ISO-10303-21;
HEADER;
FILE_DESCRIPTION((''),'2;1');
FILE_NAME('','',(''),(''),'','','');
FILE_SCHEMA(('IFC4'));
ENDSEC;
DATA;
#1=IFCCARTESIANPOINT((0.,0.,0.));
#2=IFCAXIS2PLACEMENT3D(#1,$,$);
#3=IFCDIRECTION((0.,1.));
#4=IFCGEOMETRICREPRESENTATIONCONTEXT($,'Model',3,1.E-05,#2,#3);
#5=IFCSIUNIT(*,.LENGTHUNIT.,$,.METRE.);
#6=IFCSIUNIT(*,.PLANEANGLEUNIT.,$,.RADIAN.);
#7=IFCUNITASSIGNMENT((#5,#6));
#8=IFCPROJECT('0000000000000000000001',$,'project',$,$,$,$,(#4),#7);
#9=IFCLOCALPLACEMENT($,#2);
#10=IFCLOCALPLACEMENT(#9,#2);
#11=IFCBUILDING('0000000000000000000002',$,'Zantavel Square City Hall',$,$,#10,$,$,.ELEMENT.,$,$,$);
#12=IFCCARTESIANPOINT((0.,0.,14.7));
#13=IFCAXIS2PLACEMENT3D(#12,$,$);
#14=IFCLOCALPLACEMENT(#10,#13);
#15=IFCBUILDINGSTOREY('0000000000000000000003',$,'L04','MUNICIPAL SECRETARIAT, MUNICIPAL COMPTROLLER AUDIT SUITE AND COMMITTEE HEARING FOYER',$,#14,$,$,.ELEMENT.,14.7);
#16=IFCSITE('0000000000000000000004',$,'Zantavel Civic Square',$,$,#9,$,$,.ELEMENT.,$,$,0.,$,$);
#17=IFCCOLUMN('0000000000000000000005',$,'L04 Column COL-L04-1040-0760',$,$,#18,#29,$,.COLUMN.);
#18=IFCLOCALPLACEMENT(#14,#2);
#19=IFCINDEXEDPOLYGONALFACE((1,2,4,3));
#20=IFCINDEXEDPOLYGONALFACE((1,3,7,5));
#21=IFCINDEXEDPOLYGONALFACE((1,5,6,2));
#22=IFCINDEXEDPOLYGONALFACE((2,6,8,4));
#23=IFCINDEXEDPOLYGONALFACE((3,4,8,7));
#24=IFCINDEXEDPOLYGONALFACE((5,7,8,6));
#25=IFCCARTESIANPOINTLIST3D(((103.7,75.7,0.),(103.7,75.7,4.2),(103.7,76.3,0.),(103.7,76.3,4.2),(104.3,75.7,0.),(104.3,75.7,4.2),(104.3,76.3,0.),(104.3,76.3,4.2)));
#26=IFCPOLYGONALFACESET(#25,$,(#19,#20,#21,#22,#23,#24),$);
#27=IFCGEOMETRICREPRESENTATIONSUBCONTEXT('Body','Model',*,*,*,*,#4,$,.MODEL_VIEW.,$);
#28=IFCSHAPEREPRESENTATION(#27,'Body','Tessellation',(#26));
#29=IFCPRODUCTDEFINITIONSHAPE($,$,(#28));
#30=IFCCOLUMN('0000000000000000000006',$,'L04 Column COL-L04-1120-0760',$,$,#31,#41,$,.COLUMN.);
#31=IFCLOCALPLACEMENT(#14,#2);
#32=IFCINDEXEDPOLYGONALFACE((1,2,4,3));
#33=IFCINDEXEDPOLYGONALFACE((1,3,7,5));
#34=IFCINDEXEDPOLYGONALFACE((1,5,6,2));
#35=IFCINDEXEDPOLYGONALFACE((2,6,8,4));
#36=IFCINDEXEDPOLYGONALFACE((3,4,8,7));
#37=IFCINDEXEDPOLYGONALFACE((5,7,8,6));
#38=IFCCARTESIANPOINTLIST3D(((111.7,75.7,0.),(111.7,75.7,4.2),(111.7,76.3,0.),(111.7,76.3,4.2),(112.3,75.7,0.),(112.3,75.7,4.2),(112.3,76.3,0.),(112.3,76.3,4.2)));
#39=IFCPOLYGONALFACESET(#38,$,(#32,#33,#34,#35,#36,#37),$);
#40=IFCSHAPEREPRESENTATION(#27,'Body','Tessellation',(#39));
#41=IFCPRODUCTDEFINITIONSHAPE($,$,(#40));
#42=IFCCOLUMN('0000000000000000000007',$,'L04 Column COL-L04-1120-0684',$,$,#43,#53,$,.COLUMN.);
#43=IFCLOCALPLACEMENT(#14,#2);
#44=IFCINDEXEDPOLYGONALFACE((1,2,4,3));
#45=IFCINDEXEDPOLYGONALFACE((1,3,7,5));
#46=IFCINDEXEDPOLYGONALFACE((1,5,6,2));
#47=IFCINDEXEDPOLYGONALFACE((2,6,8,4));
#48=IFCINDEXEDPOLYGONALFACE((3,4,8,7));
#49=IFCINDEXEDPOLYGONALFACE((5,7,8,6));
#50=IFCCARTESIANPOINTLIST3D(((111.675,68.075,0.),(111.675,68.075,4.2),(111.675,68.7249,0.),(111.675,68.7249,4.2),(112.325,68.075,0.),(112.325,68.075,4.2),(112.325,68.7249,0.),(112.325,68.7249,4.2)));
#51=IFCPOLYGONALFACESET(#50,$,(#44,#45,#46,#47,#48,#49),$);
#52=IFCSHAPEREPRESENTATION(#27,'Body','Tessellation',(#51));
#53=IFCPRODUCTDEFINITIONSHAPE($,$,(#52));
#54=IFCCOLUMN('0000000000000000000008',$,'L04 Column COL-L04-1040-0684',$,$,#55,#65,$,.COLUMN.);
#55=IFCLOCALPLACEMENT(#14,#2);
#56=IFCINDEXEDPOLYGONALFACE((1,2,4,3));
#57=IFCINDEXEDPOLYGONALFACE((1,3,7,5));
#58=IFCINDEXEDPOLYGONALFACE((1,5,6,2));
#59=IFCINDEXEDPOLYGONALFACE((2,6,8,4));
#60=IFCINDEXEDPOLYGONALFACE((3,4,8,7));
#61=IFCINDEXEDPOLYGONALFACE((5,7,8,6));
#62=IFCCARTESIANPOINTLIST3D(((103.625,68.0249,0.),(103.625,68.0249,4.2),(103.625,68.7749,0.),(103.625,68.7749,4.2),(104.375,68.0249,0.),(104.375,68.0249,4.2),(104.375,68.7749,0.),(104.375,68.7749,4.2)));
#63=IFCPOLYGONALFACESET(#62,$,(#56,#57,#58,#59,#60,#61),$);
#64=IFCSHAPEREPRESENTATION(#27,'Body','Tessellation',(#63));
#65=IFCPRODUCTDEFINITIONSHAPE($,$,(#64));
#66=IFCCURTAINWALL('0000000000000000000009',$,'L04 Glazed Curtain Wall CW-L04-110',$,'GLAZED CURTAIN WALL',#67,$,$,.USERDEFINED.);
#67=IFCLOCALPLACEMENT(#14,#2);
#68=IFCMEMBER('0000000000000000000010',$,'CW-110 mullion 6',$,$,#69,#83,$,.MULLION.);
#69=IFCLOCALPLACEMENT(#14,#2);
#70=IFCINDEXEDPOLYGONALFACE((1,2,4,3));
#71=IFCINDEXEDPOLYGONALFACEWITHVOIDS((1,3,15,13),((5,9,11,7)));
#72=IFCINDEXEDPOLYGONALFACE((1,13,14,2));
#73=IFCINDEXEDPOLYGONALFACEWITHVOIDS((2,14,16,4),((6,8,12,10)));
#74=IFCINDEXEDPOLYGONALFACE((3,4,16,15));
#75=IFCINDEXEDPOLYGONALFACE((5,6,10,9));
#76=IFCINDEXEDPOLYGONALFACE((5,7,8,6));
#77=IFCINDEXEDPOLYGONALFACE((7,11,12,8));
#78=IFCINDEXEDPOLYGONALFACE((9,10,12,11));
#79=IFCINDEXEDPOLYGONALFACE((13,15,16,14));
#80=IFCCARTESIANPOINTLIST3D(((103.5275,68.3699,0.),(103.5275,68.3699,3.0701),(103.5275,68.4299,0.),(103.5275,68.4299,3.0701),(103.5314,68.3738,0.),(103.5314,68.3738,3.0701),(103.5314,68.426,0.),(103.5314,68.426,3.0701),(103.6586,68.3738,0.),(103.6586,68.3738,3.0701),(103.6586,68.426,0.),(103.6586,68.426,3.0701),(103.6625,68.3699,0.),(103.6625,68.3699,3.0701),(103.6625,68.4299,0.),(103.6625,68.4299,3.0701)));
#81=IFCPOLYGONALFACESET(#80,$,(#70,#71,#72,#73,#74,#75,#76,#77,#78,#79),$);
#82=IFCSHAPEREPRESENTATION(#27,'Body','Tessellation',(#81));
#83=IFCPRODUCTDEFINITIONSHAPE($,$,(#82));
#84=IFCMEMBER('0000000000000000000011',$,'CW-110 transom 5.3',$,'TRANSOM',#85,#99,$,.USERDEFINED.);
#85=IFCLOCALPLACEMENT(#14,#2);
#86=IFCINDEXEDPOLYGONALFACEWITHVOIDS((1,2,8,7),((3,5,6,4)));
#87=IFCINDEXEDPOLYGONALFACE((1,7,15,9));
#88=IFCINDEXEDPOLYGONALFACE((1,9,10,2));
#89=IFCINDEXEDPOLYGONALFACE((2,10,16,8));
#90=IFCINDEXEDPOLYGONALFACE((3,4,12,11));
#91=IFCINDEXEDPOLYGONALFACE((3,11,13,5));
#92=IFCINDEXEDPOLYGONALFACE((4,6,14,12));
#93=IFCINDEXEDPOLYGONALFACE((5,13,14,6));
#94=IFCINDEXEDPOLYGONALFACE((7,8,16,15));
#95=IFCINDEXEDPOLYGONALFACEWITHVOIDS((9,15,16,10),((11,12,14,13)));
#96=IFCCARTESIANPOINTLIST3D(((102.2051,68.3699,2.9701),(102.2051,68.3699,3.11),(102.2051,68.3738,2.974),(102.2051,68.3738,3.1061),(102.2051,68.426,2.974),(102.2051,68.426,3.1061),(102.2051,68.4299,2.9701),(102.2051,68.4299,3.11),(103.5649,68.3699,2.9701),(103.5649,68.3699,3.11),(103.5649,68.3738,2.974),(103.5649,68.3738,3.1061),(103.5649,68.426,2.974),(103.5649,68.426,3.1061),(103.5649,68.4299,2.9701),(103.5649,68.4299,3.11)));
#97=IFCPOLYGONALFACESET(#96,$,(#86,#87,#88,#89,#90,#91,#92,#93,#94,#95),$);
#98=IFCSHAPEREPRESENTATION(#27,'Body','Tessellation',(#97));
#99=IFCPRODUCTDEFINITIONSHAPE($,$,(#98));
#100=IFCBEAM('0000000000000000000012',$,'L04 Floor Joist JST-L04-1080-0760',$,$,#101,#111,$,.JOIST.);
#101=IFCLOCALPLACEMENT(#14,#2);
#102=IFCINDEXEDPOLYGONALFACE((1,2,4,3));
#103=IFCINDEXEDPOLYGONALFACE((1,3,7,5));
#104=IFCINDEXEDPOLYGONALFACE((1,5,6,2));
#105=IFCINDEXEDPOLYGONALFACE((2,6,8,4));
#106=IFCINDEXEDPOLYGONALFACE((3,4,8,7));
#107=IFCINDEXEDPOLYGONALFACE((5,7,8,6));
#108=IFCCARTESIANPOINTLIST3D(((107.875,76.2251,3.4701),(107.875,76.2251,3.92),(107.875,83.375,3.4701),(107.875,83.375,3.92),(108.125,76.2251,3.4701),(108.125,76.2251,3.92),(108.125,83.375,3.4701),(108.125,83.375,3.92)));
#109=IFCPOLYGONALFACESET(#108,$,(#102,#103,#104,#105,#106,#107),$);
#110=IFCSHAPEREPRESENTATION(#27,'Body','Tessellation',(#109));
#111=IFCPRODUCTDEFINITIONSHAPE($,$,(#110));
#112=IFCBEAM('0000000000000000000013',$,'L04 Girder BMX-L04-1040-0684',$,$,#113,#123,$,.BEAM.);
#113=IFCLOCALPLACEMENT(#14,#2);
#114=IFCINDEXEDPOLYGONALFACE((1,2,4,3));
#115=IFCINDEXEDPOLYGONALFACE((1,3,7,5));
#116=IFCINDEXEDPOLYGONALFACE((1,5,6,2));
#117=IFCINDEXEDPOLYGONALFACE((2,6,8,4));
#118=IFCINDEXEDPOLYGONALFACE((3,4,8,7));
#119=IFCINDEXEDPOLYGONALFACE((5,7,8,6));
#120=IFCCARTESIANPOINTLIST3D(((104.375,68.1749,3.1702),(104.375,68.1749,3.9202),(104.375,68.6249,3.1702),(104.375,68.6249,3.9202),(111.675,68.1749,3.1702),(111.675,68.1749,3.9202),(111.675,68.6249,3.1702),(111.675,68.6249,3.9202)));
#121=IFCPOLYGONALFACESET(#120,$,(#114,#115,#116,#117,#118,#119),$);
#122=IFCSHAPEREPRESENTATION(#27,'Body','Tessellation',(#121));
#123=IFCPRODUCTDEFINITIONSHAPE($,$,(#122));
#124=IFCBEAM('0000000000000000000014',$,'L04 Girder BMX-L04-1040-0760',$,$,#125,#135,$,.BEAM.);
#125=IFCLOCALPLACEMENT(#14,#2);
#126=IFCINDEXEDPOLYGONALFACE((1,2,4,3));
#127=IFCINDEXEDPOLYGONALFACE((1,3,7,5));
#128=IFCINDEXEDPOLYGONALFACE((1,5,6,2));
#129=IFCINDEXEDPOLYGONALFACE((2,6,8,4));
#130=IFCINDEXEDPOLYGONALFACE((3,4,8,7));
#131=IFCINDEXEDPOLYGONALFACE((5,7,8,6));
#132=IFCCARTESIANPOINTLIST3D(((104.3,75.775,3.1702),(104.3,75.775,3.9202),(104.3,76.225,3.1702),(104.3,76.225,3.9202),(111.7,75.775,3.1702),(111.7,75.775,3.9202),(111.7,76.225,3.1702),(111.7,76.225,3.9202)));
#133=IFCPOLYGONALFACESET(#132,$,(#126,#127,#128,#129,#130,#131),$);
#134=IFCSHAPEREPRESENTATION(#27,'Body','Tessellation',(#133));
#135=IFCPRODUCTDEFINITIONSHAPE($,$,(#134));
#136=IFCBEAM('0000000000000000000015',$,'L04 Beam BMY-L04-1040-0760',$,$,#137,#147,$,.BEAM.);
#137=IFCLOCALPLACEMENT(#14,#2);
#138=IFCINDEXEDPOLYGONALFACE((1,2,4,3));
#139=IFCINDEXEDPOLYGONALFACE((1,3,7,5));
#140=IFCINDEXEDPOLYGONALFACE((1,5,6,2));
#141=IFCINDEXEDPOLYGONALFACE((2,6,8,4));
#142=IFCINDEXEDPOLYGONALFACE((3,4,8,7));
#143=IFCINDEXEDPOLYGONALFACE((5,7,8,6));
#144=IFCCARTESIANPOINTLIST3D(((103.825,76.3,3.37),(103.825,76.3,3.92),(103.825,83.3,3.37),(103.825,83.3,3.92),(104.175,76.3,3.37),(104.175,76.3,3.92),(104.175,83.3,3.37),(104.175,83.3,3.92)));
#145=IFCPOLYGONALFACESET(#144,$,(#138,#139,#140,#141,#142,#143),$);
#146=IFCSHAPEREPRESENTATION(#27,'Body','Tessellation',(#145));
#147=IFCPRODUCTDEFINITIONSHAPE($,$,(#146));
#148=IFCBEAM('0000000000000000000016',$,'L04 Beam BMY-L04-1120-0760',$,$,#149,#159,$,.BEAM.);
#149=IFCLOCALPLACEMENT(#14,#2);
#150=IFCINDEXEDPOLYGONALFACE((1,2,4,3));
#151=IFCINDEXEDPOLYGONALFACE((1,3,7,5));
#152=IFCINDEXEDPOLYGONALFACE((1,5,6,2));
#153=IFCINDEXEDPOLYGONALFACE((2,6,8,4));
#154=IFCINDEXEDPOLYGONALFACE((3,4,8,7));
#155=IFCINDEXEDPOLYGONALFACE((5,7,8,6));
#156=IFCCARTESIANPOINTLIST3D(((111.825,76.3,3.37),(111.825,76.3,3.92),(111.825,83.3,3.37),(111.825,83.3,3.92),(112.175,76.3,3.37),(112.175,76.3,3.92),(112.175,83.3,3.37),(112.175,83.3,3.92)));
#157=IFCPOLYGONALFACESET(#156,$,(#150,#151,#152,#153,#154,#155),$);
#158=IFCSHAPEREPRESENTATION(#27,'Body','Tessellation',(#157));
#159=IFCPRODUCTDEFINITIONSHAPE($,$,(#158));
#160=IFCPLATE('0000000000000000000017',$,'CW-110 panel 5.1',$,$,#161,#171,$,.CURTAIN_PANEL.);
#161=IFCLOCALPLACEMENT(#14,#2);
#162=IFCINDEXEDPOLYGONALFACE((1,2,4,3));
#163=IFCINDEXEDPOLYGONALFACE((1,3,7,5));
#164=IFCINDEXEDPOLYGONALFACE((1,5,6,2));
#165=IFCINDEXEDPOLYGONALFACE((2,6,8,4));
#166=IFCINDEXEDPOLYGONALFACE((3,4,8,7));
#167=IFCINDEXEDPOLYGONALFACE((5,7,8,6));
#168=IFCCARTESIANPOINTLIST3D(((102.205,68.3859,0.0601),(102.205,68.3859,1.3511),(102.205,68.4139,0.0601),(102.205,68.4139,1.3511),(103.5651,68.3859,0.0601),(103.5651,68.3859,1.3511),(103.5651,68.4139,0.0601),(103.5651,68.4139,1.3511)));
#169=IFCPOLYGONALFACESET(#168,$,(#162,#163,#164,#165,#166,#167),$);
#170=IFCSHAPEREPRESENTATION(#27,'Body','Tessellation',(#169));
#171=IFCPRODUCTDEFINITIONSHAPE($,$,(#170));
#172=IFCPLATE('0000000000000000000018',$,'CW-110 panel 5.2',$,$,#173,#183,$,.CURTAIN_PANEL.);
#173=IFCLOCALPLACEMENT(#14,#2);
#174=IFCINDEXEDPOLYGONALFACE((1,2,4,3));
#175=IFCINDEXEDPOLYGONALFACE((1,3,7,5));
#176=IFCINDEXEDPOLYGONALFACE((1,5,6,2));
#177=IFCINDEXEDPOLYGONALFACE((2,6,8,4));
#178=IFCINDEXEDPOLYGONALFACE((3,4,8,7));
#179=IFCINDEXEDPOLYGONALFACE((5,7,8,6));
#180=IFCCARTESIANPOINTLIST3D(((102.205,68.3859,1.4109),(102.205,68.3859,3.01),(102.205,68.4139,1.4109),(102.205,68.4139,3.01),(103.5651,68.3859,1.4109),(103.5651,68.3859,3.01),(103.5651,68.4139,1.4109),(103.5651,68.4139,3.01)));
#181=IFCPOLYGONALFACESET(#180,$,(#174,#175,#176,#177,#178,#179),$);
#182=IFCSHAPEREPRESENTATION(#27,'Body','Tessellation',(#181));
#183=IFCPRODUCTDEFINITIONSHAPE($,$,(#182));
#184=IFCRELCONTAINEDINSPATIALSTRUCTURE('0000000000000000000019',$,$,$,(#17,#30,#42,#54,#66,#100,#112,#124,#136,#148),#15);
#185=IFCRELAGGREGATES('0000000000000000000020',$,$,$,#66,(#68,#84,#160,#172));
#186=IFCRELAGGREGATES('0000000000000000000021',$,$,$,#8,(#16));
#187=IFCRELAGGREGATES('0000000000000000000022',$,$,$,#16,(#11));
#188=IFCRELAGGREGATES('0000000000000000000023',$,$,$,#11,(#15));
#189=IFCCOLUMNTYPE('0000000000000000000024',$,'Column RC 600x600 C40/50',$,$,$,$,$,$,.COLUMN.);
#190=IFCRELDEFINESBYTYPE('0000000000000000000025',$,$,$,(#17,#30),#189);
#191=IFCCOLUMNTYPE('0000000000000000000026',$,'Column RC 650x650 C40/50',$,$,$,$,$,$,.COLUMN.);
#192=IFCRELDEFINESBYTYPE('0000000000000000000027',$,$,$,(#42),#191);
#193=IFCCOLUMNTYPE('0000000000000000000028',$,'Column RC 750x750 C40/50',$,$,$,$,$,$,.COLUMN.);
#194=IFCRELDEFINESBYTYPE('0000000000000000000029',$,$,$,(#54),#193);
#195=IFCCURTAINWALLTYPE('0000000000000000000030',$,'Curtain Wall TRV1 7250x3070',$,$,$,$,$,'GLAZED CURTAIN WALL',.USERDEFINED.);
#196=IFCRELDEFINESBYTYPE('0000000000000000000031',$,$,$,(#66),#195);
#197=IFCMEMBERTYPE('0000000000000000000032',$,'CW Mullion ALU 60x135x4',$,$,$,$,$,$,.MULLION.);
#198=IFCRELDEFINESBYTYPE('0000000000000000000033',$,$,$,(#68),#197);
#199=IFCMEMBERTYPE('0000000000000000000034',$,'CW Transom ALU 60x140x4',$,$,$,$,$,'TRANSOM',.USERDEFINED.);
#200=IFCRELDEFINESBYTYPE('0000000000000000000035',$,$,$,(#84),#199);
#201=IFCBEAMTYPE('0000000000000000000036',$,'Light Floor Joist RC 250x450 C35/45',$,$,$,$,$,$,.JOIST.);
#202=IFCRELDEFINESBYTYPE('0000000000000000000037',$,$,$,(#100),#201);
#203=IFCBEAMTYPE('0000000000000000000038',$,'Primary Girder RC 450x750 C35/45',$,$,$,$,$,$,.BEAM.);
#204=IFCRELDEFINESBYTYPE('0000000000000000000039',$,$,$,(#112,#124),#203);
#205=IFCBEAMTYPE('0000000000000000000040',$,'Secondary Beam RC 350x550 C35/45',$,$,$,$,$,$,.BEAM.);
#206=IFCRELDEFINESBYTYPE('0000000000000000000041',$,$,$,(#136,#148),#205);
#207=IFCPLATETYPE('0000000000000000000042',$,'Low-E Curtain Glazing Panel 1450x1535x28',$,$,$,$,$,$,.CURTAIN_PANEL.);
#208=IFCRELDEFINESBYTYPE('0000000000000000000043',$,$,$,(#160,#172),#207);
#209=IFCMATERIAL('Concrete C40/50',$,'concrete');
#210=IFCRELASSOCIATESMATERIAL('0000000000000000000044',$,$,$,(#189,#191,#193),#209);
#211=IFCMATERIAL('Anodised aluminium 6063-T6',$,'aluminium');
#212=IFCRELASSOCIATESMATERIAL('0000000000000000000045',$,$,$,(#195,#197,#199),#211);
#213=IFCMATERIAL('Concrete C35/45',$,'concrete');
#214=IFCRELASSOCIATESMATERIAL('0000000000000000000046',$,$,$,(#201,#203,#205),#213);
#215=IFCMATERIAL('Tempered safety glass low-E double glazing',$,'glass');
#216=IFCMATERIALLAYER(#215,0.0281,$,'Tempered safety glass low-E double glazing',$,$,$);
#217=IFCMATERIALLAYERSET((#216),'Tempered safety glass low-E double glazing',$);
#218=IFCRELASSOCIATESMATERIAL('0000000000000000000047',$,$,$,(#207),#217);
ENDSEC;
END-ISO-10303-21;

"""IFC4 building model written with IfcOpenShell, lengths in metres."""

from ifc_helpers import new_model, si_unit, direction, frame, origin, origin_2d, place, context, subcontext, project, spatial, rectangle, hollow_rectangle, extrude, material, layer, layer_set, material_profile, profile_set, type_object, element, aggregate, save


model = new_model("IFC4")

# Units and contexts
model_context = context("Model", 3, precision=1e-05, world=origin(), true_north=direction((0.0, 1.0)))
body_context = subcontext(model_context, "Body", "Model", "MODEL_VIEW")
ifc_project = project(units=[si_unit("LENGTHUNIT", "METRE"), si_unit("PLANEANGLEUNIT", "RADIAN")], contexts=[model_context])

# Site, building, storey
site_placement = place(None, origin())
site = spatial("IfcSite", under=ifc_project, at=site_placement, Name="Zantavel Civic Square", CompositionType="ELEMENT", RefElevation=0.0)
building_placement = place(site_placement, origin())
building = spatial("IfcBuilding", under=site, at=building_placement, Name="Zantavel Square City Hall", CompositionType="ELEMENT")
storey_placement = place(building_placement, frame((0.0, 0.0, 14.7)))
storey = spatial("IfcBuildingStorey", under=building, at=storey_placement, Name="L04", Description="MUNICIPAL SECRETARIAT, MUNICIPAL COMPTROLLER AUDIT SUITE AND COMMITTEE HEARING FOYER", CompositionType="ELEMENT", Elevation=14.7)

# Columns
ifc_material_1 = material(Name="Concrete C40/50", Category="concrete")
ifc_material_profile_1 = material_profile(ifc_material_1, rectangle(XDim=0.6001, YDim=0.6001, at=origin_2d()), Name="RC 600x600")
ifc_profile_set_1 = profile_set([ifc_material_profile_1], Name="Concrete C40/50")
column_type_1 = type_object("IfcColumnType", Name="Column RC 600x600 C40/50", PredefinedType="COLUMN", material=ifc_profile_set_1)
for number, where, z_axis, x_axis, name in (
    (1, (104.0, 76.0, 0.0), (0.0, 0.0, 1.0), (1.0, 0.0, 0.0), "L04 Column COL-L04-1040-0760"),
    (2, (112.0, 76.0, 0.0), (0.0, 0.0, 1.0), (1.0, 0.0, 0.0), "L04 Column COL-L04-1120-0760"),
):
    element("IfcColumn", number, at=place(storey_placement, frame(where, z_axis=z_axis, x_axis=x_axis)), inside=storey, type_object=column_type_1, Name=name, PredefinedType="COLUMN", context=body_context, shape_type="SweptSolid", body=[
        extrude(rectangle(XDim=0.6001, YDim=0.6001, at=origin_2d()), origin(), (0.0, 0.0, 1.0), 4.2),
    ])
ifc_material_profile_2 = material_profile(ifc_material_1, rectangle(XDim=0.6499, YDim=0.6499, at=origin_2d()), Name="RC 650x650")
ifc_profile_set_2 = profile_set([ifc_material_profile_2], Name="Concrete C40/50")
column_type_2 = type_object("IfcColumnType", Name="Column RC 650x650 C40/50", PredefinedType="COLUMN", material=ifc_profile_set_2)
column_1_placement = place(storey_placement, frame((112.0, 68.3999, 0.0), z_axis=(0.0, 0.0, 1.0), x_axis=(1.0, 0.0, 0.0)))
element("IfcColumn", 3, at=column_1_placement, inside=storey, type_object=column_type_2, Name="L04 Column COL-L04-1120-0684", PredefinedType="COLUMN", context=body_context, shape_type="SweptSolid", body=[
    extrude(rectangle(XDim=0.6499, YDim=0.6499, at=origin_2d()), origin(), (0.0, 0.0, 1.0), 4.2),
])
ifc_material_profile_3 = material_profile(ifc_material_1, rectangle(XDim=0.75, YDim=0.75, at=origin_2d()), Name="RC 750x750")
ifc_profile_set_3 = profile_set([ifc_material_profile_3], Name="Concrete C40/50")
column_type_3 = type_object("IfcColumnType", Name="Column RC 750x750 C40/50", PredefinedType="COLUMN", material=ifc_profile_set_3)
column_2_placement = place(storey_placement, frame((104.0, 68.3999, 0.0), z_axis=(0.0, 0.0, 1.0), x_axis=(1.0, 0.0, 0.0)))
element("IfcColumn", 4, at=column_2_placement, inside=storey, type_object=column_type_3, Name="L04 Column COL-L04-1040-0684", PredefinedType="COLUMN", context=body_context, shape_type="SweptSolid", body=[
    extrude(rectangle(XDim=0.75, YDim=0.75, at=origin_2d()), origin(), (0.0, 0.0, 1.0), 4.2),
])

# Curtain wall, members
ifc_material_2 = material(Name="Anodised aluminium 6063-T6", Category="aluminium")
curtain_wall_type = type_object("IfcCurtainWallType", Name="Curtain Wall TRV1 7250x3070", ElementType="GLAZED CURTAIN WALL", PredefinedType="USERDEFINED", material=ifc_material_2)
curtain_wall_placement = place(storey_placement, origin())
curtain_wall = element("IfcCurtainWall", 5, at=curtain_wall_placement, inside=storey, type_object=curtain_wall_type, Name="L04 Glazed Curtain Wall CW-L04-110", ObjectType="GLAZED CURTAIN WALL", PredefinedType="USERDEFINED")
ifc_material_profile_4 = material_profile(ifc_material_2, hollow_rectangle(XDim=0.0601, YDim=0.135, WallThickness=0.0039, at=origin_2d()), Name="ALU 60x135x4")
ifc_profile_set_4 = profile_set([ifc_material_profile_4], Name="Anodised aluminium 6063-T6")
member_type_1 = type_object("IfcMemberType", Name="CW Mullion ALU 60x135x4", PredefinedType="MULLION", material=ifc_profile_set_4)
member_1_placement = place(storey_placement, frame((103.595, 68.3999, 0.0), z_axis=(0.0, 0.0, 1.0), x_axis=(0.0, 1.0, 0.0)))
member_1 = element("IfcMember", 6, at=member_1_placement, type_object=member_type_1, Name="CW-110 mullion 6", PredefinedType="MULLION", context=body_context, shape_type="SweptSolid", body=[
    extrude(hollow_rectangle(XDim=0.0601, YDim=0.135, WallThickness=0.0039, at=origin_2d()), origin(), (0.0, 0.0, 1.0), 3.0701),
])
ifc_material_profile_5 = material_profile(ifc_material_2, hollow_rectangle(XDim=0.0601, YDim=0.1399, WallThickness=0.0039, at=origin_2d()), Name="ALU 60x140x4")
ifc_profile_set_5 = profile_set([ifc_material_profile_5], Name="Anodised aluminium 6063-T6")
member_type_2 = type_object("IfcMemberType", Name="CW Transom ALU 60x140x4", ElementType="TRANSOM", PredefinedType="USERDEFINED", material=ifc_profile_set_5)
member_2_placement = place(storey_placement, frame((102.2051, 68.3999, 3.04), z_axis=(1.0, 0.0, 0.0), x_axis=(0.0, 1.0, 0.0)))
member_2 = element("IfcMember", 7, at=member_2_placement, type_object=member_type_2, Name="CW-110 transom 5.3", ObjectType="TRANSOM", PredefinedType="USERDEFINED", context=body_context, shape_type="SweptSolid", body=[
    extrude(hollow_rectangle(XDim=0.0601, YDim=0.1399, WallThickness=0.0039, at=origin_2d()), origin(), (0.0, 0.0, 1.0), 1.3599),
])

# Beams
ifc_material_3 = material(Name="Concrete C35/45", Category="concrete")
ifc_material_profile_6 = material_profile(ifc_material_3, rectangle(XDim=0.25, YDim=0.45, at=origin_2d()), Name="RC 250x450")
ifc_profile_set_6 = profile_set([ifc_material_profile_6], Name="Concrete C35/45")
beam_type_1 = type_object("IfcBeamType", Name="Light Floor Joist RC 250x450 C35/45", PredefinedType="JOIST", material=ifc_profile_set_6)
beam_1_placement = place(storey_placement, frame((108.0, 76.2251, 3.6951), z_axis=(0.0, 1.0, 0.0), x_axis=(-1.0, 0.0, 0.0)))
element("IfcBeam", 8, at=beam_1_placement, inside=storey, type_object=beam_type_1, Name="L04 Floor Joist JST-L04-1080-0760", PredefinedType="JOIST", context=body_context, shape_type="SweptSolid", body=[
    extrude(rectangle(XDim=0.25, YDim=0.45, at=origin_2d()), origin(), (0.0, 0.0, 1.0), 7.1499),
])
ifc_material_profile_7 = material_profile(ifc_material_3, rectangle(XDim=0.45, YDim=0.75, at=origin_2d()), Name="RC 450x750")
ifc_profile_set_7 = profile_set([ifc_material_profile_7], Name="Concrete C35/45")
beam_type_2 = type_object("IfcBeamType", Name="Primary Girder RC 450x750 C35/45", PredefinedType="BEAM", material=ifc_profile_set_7)
beam_2_placement = place(storey_placement, frame((104.375, 68.3999, 3.5452), z_axis=(1.0, 0.0, 0.0), x_axis=(0.0, 1.0, 0.0)))
element("IfcBeam", 9, at=beam_2_placement, inside=storey, type_object=beam_type_2, Name="L04 Girder BMX-L04-1040-0684", PredefinedType="BEAM", context=body_context, shape_type="SweptSolid", body=[
    extrude(rectangle(XDim=0.45, YDim=0.75, at=origin_2d()), origin(), (0.0, 0.0, 1.0), 7.3),
])
beam_3_placement = place(storey_placement, frame((104.3, 76.0, 3.5452), z_axis=(1.0, 0.0, 0.0), x_axis=(0.0, 1.0, 0.0)))
element("IfcBeam", 10, at=beam_3_placement, inside=storey, type_object=beam_type_2, Name="L04 Girder BMX-L04-1040-0760", PredefinedType="BEAM", context=body_context, shape_type="SweptSolid", body=[
    extrude(rectangle(XDim=0.45, YDim=0.75, at=origin_2d()), origin(), (0.0, 0.0, 1.0), 7.3999),
])
ifc_material_profile_8 = material_profile(ifc_material_3, rectangle(XDim=0.3501, YDim=0.55, at=origin_2d()), Name="RC 350x550")
ifc_profile_set_8 = profile_set([ifc_material_profile_8], Name="Concrete C35/45")
beam_type_3 = type_object("IfcBeamType", Name="Secondary Beam RC 350x550 C35/45", PredefinedType="BEAM", material=ifc_profile_set_8)
for number, where, z_axis, x_axis, name in (
    (11, (104.0, 76.3, 3.645), (0.0, 1.0, 0.0), (-1.0, 0.0, 0.0), "L04 Beam BMY-L04-1040-0760"),
    (12, (112.0, 76.3, 3.645), (0.0, 1.0, 0.0), (-1.0, 0.0, 0.0), "L04 Beam BMY-L04-1120-0760"),
):
    element("IfcBeam", number, at=place(storey_placement, frame(where, z_axis=z_axis, x_axis=x_axis)), inside=storey, type_object=beam_type_3, Name=name, PredefinedType="BEAM", context=body_context, shape_type="SweptSolid", body=[
        extrude(rectangle(XDim=0.3501, YDim=0.55, at=origin_2d()), origin(), (0.0, 0.0, 1.0), 7.0),
    ])

# Plates
ifc_material_4 = material(Name="Tempered safety glass low-E double glazing", Category="glass")
ifc_layer_1 = layer(ifc_material_4, 0.0281, Name="Tempered safety glass low-E double glazing")
ifc_layer_set_1 = layer_set([ifc_layer_1], Name="Tempered safety glass low-E double glazing")
plate_type = type_object("IfcPlateType", Name="Low-E Curtain Glazing Panel 1450x1535x28", PredefinedType="CURTAIN_PANEL", material=ifc_layer_set_1)
plate_1_placement = place(storey_placement, frame((102.885, 68.3999, 0.0601), z_axis=(0.0, 0.0, 1.0), x_axis=(1.0, 0.0, 0.0)))
plate_1 = element("IfcPlate", 13, at=plate_1_placement, type_object=plate_type, Name="CW-110 panel 5.1", PredefinedType="CURTAIN_PANEL", context=body_context, shape_type="SweptSolid", body=[
    extrude(rectangle(XDim=1.3601, YDim=0.0281, at=origin_2d()), origin(), (0.0, 0.0, 1.0), 1.291),
])
plate_2_placement = place(storey_placement, frame((102.885, 68.3999, 1.4109), z_axis=(0.0, 0.0, 1.0), x_axis=(1.0, 0.0, 0.0)))
plate_2 = element("IfcPlate", 14, at=plate_2_placement, type_object=plate_type, Name="CW-110 panel 5.2", PredefinedType="CURTAIN_PANEL", context=body_context, shape_type="SweptSolid", body=[
    extrude(rectangle(XDim=1.3601, YDim=0.0281, at=origin_2d()), origin(), (0.0, 0.0, 1.0), 1.5991),
])
aggregate(curtain_wall, [member_1, member_2, plate_1, plate_2])

save(model, "model.ifc")
